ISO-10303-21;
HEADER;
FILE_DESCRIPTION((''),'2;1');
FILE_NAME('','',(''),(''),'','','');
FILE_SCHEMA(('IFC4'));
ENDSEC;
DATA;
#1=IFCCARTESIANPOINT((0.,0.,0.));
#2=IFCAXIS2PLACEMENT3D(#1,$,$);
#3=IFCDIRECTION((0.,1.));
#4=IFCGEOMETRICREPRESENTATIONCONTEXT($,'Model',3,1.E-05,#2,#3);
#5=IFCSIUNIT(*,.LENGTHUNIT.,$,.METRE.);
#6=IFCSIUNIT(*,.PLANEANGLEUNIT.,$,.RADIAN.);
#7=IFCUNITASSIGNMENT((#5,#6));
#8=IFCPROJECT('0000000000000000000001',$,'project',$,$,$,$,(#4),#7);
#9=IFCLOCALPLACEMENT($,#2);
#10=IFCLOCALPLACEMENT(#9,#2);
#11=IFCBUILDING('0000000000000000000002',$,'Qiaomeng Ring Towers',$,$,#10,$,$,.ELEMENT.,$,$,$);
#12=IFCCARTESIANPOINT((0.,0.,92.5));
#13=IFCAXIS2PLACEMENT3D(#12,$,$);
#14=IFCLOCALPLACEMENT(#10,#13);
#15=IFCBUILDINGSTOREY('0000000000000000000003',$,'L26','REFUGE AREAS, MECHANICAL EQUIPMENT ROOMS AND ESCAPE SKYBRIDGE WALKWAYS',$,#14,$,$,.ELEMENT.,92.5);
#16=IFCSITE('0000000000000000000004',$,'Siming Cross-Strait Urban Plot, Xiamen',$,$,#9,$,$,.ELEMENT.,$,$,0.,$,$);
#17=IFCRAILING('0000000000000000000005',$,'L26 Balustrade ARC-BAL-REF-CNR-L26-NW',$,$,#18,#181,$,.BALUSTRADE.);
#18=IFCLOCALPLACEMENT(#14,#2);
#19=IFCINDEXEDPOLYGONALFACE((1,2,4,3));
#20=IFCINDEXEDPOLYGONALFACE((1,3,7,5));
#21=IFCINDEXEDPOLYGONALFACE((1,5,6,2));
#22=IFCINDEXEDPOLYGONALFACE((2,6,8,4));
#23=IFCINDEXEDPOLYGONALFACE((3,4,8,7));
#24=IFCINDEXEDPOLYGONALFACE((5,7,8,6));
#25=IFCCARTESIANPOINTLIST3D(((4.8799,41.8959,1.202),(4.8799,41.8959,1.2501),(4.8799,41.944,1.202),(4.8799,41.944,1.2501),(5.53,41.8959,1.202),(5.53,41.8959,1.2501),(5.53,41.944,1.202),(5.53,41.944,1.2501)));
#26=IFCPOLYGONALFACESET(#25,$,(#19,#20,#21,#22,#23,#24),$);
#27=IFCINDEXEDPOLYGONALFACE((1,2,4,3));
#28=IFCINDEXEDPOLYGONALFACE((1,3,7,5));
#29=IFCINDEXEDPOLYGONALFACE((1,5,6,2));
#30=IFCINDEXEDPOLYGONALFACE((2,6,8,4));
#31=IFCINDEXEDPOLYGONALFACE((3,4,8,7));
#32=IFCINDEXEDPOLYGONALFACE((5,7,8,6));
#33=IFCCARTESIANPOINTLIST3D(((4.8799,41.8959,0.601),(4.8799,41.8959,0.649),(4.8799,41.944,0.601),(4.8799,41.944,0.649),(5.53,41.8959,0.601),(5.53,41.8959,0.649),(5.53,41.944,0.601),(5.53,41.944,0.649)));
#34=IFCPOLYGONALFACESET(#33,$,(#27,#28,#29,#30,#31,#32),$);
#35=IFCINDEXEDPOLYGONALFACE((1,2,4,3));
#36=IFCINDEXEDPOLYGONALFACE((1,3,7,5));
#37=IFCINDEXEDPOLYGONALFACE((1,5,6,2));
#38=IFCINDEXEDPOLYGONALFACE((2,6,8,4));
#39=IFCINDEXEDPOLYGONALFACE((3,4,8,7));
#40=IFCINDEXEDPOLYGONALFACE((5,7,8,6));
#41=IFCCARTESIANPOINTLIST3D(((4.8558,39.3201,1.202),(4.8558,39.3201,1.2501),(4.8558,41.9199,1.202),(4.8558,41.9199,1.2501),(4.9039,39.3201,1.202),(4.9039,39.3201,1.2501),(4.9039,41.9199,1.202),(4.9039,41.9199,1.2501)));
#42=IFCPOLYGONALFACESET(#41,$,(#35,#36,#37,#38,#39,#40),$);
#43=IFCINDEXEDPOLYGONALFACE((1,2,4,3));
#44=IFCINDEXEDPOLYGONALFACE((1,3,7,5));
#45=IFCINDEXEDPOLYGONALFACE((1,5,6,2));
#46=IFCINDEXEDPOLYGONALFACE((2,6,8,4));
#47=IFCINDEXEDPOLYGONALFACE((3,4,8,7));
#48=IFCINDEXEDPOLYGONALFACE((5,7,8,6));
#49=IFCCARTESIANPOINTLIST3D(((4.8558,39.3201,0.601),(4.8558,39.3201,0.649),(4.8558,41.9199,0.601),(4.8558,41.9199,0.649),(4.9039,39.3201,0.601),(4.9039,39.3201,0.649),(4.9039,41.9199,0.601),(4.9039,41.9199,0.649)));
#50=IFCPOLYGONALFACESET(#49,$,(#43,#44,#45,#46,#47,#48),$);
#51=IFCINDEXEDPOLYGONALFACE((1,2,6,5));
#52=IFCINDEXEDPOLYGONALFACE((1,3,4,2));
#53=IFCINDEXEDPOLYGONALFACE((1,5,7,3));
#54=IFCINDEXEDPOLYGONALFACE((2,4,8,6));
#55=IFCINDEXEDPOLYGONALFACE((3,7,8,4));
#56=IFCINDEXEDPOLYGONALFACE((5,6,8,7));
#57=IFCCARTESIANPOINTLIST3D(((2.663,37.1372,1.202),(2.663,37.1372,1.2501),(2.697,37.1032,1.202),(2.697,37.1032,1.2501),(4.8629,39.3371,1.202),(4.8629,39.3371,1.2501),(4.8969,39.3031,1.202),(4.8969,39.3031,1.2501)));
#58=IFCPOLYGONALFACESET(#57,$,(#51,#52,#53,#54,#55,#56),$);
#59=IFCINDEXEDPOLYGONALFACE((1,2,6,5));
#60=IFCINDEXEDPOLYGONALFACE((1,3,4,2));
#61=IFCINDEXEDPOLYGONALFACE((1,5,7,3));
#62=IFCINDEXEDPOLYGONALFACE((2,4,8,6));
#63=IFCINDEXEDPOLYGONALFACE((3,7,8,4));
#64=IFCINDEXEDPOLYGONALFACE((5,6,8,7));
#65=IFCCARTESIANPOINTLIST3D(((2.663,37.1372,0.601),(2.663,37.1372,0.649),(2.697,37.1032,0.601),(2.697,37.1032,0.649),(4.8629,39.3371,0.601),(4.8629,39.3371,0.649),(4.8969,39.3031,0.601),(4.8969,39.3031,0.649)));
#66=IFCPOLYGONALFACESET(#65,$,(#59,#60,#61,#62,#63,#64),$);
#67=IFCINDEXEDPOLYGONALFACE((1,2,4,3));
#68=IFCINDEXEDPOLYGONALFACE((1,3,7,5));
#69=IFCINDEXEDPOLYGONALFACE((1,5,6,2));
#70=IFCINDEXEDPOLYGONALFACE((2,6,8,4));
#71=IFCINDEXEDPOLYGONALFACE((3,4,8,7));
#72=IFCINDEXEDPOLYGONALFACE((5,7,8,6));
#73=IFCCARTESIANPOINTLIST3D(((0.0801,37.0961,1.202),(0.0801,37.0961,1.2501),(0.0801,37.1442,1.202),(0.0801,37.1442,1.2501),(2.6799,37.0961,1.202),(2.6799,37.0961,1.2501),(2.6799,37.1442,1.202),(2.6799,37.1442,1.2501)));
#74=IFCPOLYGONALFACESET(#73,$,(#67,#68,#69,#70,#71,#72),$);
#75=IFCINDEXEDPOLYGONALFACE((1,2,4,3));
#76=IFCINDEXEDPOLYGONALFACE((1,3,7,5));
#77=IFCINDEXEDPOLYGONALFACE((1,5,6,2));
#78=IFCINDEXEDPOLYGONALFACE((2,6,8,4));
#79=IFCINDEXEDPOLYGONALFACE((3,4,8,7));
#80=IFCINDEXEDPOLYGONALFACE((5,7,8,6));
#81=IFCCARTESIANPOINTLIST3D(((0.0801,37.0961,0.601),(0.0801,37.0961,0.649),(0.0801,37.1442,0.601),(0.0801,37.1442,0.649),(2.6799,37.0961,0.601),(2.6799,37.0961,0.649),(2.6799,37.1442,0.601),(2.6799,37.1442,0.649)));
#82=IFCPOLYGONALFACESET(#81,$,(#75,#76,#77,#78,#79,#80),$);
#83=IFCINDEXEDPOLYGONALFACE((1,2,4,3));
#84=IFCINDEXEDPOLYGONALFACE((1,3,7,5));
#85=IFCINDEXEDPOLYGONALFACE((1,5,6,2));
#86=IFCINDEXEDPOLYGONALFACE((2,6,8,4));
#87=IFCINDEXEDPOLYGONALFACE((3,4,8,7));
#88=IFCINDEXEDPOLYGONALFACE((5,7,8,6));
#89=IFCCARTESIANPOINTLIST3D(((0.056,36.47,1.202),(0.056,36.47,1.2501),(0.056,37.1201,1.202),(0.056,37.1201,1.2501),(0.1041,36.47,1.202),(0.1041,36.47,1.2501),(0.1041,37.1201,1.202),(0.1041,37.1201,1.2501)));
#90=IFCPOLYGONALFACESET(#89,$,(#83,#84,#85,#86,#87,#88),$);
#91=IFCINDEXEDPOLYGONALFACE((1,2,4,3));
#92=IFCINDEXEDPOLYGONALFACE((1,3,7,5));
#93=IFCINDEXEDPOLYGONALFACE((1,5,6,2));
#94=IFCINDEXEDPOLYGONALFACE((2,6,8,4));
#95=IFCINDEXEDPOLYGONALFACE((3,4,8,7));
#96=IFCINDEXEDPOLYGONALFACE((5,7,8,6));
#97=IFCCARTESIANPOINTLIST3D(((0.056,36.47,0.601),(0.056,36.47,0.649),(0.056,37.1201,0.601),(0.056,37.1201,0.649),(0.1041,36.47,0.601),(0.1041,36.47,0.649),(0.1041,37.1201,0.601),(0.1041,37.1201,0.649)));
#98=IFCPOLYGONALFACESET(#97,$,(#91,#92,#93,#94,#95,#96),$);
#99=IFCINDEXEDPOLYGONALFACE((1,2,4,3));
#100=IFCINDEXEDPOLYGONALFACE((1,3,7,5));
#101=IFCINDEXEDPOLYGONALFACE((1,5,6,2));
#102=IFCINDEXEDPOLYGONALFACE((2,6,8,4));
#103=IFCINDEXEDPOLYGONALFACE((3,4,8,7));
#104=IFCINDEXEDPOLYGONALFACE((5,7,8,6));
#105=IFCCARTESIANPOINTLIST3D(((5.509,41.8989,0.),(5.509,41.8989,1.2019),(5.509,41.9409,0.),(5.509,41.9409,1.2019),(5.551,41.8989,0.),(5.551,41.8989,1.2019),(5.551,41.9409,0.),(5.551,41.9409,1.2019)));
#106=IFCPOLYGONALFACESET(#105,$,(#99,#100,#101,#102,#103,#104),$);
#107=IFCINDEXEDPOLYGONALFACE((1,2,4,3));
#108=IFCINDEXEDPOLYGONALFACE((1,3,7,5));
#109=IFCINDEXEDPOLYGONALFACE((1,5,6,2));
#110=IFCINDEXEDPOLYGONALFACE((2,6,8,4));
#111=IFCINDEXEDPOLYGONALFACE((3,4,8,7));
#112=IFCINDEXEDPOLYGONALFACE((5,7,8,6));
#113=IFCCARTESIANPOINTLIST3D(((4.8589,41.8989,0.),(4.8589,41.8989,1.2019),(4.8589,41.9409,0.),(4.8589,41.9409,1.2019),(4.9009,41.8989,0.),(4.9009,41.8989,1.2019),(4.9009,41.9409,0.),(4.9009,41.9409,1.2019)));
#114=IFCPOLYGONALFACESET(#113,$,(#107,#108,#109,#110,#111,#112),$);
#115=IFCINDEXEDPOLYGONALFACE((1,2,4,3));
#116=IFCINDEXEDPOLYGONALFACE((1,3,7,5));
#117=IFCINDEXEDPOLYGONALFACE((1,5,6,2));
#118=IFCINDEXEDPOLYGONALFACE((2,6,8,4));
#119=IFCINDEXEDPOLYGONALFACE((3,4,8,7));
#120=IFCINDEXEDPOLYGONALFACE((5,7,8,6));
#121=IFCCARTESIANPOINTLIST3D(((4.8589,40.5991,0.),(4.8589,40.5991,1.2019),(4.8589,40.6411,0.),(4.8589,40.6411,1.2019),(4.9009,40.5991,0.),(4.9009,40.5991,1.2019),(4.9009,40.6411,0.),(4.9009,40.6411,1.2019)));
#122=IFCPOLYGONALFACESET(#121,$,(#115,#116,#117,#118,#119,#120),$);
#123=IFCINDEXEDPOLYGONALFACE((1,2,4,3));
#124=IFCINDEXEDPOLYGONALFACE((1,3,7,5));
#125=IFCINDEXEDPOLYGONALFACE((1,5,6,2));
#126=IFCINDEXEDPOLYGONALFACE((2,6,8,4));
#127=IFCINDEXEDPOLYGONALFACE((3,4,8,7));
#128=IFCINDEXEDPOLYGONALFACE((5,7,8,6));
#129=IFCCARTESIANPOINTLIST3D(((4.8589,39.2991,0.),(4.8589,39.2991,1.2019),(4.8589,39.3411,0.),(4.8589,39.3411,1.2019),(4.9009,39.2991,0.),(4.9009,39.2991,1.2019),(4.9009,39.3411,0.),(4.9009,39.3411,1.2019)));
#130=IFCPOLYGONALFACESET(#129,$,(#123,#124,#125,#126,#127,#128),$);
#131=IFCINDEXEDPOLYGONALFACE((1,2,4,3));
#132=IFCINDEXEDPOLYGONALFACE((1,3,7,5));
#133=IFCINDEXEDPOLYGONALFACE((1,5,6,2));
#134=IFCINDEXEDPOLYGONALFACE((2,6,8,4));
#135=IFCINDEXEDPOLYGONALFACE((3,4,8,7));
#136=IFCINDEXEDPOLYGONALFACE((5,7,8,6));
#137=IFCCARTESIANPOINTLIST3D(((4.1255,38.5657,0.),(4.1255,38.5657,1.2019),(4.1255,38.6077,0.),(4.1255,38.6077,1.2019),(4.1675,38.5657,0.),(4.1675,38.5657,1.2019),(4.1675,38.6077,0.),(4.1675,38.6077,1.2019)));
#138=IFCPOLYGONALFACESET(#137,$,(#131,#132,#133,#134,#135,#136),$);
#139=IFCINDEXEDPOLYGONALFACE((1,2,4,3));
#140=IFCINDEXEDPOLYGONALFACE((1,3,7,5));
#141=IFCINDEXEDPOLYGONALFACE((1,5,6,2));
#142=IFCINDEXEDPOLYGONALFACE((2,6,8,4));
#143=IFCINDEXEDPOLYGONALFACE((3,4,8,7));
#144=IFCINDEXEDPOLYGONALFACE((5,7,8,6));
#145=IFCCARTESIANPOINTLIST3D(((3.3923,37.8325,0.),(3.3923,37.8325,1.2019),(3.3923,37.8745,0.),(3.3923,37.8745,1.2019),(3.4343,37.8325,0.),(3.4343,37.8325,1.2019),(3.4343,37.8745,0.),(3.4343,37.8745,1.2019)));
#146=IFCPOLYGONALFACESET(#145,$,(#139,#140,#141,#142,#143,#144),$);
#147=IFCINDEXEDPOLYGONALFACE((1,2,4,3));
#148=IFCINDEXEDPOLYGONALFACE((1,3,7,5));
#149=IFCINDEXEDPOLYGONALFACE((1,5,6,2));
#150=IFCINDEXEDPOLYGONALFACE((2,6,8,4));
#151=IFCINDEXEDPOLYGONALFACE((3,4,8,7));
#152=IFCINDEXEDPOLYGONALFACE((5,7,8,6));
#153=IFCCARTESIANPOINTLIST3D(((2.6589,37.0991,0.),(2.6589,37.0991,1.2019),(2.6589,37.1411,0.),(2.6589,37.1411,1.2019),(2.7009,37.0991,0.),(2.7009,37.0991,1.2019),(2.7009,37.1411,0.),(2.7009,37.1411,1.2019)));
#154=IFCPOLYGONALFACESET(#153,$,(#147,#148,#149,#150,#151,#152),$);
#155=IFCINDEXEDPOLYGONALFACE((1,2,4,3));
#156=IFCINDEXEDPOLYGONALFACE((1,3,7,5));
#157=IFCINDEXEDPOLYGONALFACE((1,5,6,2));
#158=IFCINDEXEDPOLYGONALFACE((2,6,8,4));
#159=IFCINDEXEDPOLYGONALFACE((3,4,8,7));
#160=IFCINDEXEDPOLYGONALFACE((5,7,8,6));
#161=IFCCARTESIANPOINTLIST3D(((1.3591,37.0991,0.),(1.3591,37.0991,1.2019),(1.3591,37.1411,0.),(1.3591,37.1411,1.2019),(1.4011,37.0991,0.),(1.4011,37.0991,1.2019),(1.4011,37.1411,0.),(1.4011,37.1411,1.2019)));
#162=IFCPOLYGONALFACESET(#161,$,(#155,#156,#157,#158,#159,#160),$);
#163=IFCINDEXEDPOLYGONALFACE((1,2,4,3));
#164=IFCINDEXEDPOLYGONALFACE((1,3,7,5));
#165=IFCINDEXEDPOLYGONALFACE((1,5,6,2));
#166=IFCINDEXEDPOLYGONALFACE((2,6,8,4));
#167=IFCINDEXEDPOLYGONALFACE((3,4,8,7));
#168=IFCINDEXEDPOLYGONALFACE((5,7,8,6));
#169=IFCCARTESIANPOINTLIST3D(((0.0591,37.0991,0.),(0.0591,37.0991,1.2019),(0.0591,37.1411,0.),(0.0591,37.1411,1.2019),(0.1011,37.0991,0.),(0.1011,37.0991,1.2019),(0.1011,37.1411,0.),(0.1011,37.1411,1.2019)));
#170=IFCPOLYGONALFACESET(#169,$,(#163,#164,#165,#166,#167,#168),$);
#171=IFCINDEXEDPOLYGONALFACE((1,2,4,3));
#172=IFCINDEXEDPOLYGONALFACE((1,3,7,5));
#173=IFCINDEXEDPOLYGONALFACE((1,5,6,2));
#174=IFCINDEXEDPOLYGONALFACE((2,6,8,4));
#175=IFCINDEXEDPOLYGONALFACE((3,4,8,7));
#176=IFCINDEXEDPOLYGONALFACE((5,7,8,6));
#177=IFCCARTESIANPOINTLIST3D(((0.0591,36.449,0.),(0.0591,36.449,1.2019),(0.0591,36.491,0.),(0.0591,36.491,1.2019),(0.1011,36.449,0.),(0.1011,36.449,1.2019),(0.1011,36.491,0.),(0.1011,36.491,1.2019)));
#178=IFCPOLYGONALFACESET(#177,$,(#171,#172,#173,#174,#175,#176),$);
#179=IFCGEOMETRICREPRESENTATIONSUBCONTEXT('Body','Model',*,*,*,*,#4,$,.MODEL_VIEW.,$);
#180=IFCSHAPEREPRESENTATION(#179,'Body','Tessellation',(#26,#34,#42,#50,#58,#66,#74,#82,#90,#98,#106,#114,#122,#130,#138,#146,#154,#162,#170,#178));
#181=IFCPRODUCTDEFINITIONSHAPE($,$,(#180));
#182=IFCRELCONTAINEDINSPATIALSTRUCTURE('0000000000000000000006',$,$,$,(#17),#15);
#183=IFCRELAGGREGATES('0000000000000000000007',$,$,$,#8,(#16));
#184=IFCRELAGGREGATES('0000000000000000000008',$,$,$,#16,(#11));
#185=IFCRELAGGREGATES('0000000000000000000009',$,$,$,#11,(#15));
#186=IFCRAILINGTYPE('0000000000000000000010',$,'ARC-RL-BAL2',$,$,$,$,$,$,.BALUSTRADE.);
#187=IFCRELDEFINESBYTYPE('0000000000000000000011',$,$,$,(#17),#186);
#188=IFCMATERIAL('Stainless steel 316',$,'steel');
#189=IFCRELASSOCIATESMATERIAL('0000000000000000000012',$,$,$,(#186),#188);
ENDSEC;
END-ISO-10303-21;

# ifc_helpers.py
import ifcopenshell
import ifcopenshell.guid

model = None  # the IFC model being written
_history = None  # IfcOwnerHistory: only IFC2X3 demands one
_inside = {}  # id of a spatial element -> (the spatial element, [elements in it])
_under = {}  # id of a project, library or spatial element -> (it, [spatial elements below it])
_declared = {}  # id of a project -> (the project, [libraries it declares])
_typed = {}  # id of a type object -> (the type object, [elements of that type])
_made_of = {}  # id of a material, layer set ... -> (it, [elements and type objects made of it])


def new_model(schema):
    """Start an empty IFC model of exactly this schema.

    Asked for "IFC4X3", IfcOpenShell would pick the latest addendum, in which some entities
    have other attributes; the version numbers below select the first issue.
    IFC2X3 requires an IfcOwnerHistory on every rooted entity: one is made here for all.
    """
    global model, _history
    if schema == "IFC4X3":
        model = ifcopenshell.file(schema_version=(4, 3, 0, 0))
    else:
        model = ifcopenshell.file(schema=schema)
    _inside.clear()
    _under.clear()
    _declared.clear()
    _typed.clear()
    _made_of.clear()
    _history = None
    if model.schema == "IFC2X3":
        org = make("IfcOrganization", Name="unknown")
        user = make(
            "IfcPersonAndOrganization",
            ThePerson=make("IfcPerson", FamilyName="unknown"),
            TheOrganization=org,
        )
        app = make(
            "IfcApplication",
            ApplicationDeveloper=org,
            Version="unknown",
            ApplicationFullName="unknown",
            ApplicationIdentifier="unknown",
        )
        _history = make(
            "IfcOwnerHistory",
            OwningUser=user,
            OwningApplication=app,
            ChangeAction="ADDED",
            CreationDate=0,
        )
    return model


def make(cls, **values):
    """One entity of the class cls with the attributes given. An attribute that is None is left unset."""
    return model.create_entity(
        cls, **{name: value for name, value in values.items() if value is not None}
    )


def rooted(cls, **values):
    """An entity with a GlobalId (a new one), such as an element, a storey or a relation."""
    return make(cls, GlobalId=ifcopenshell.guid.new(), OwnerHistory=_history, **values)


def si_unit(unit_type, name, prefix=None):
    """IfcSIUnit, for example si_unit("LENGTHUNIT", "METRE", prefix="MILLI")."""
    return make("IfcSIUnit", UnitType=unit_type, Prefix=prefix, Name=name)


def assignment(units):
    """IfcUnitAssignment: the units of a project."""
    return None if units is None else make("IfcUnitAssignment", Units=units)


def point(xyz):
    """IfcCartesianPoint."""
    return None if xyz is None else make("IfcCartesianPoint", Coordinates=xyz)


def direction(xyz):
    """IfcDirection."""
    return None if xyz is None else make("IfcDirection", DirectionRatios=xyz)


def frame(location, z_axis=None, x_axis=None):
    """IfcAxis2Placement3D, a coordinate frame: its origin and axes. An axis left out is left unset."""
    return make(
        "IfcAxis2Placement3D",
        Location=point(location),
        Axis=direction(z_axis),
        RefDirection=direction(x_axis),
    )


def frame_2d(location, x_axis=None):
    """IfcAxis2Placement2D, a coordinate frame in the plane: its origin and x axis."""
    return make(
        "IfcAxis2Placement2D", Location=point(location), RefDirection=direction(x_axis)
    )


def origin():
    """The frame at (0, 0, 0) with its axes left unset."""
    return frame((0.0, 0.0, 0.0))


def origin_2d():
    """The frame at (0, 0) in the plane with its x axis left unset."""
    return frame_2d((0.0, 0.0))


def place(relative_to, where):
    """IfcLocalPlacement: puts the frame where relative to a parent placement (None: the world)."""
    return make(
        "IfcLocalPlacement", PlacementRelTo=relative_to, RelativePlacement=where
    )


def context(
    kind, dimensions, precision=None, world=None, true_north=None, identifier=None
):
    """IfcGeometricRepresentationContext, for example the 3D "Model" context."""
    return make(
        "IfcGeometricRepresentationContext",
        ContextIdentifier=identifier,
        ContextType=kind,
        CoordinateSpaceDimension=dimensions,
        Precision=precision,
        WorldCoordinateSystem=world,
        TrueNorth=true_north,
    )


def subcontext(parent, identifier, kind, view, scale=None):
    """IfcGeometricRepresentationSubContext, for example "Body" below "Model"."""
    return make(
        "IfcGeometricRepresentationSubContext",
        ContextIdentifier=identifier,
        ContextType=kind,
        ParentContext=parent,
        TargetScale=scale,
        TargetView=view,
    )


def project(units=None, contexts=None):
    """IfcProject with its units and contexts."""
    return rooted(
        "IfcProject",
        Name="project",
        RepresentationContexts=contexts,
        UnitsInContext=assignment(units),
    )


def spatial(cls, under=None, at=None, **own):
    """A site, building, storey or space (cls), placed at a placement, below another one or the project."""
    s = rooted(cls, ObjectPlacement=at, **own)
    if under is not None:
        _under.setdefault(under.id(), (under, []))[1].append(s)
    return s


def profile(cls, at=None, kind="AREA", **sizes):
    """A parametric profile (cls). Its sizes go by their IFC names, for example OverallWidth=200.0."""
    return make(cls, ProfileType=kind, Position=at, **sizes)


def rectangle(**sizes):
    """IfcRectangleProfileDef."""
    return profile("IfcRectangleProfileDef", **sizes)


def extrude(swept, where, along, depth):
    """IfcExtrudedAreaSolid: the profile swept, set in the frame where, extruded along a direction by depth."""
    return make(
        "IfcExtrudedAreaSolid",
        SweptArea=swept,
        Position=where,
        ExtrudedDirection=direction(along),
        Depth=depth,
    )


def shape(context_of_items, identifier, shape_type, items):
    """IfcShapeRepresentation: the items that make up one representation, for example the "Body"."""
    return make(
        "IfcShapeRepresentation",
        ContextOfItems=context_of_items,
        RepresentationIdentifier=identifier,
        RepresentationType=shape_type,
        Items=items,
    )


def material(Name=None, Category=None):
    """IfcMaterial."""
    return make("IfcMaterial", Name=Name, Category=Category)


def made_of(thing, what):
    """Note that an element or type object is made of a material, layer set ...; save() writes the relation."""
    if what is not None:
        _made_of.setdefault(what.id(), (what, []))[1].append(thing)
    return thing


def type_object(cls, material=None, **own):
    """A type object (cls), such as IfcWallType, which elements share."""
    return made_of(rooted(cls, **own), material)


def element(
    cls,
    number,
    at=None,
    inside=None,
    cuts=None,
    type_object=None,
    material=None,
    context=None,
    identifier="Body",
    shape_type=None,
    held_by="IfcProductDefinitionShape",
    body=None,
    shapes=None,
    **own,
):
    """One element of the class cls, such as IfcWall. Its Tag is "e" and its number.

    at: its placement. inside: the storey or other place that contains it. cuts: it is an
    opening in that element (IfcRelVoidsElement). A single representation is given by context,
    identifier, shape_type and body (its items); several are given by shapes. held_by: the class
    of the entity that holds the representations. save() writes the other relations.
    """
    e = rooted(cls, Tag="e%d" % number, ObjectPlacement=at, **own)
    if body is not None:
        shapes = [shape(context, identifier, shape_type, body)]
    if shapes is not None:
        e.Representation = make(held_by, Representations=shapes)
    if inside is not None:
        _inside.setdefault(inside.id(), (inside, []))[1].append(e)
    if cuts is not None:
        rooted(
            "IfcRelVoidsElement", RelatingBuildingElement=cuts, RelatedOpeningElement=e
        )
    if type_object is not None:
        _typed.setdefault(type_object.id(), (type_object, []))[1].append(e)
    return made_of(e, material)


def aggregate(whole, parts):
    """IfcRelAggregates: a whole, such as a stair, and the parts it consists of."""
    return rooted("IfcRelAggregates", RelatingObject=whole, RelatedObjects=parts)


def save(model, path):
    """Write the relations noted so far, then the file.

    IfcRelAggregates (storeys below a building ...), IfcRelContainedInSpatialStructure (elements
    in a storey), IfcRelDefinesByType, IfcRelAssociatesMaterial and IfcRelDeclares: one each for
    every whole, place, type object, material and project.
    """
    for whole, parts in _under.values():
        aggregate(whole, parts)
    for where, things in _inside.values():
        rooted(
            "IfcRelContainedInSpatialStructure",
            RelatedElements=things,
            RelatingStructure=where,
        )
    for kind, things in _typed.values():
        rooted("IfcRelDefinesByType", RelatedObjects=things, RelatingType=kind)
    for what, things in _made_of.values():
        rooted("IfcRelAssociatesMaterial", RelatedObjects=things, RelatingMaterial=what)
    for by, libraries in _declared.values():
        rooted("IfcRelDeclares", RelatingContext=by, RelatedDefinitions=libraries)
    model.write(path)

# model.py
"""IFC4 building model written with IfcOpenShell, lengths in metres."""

from ifc_helpers import new_model, si_unit, direction, frame, origin, origin_2d, place, context, subcontext, project, spatial, rectangle, extrude, material, type_object, element, save


model = new_model("IFC4")

# Units and contexts
model_context = context("Model", 3, precision=1e-05, world=origin(), true_north=direction((0.0, 1.0)))
body_context = subcontext(model_context, "Body", "Model", "MODEL_VIEW")
ifc_project = project(units=[si_unit("LENGTHUNIT", "METRE"), si_unit("PLANEANGLEUNIT", "RADIAN")], contexts=[model_context])

# Site, building, storey
site_placement = place(None, origin())
site = spatial("IfcSite", under=ifc_project, at=site_placement, Name="Siming Cross-Strait Urban Plot, Xiamen", CompositionType="ELEMENT", RefElevation=0.0)
building_placement = place(site_placement, origin())
building = spatial("IfcBuilding", under=site, at=building_placement, Name="Qiaomeng Ring Towers", CompositionType="ELEMENT")
storey_placement = place(building_placement, frame((0.0, 0.0, 92.5)))
storey = spatial("IfcBuildingStorey", under=building, at=storey_placement, Name="L26", Description="REFUGE AREAS, MECHANICAL EQUIPMENT ROOMS AND ESCAPE SKYBRIDGE WALKWAYS", CompositionType="ELEMENT", Elevation=92.5)

# Railing
ifc_material_1 = material(Name="Stainless steel 316", Category="steel")
railing_type = type_object("IfcRailingType", Name="ARC-RL-BAL2", PredefinedType="BALUSTRADE", material=ifc_material_1)
railing_1_placement = place(storey_placement, frame((5.53, 41.9199, 0.0)))
element("IfcRailing", 1, at=railing_1_placement, inside=storey, type_object=railing_type, Name="L26 Balustrade ARC-BAL-REF-CNR-L26-NW", PredefinedType="BALUSTRADE", context=body_context, shape_type="SweptSolid", body=[
    extrude(rectangle(XDim=0.0481, YDim=0.0481, at=origin_2d()), frame((0.0, 0.0, 1.2261), z_axis=(-1.0, 0.0, 0.0), x_axis=(0.0, -1.0, 0.0)), (0.0, 0.0, 1.0), 0.6501),
    extrude(rectangle(XDim=0.0481, YDim=0.0481, at=origin_2d()), frame((0.0, 0.0, 0.625), z_axis=(-1.0, 0.0, 0.0), x_axis=(0.0, -1.0, 0.0)), (0.0, 0.0, 1.0), 0.6501),
    extrude(rectangle(XDim=0.0481, YDim=0.0481, at=origin_2d()), frame((-0.6501, 0.0, 1.2261), z_axis=(0.0, -1.0, 0.0), x_axis=(1.0, 0.0, 0.0)), (0.0, 0.0, 1.0), 2.5999),
    extrude(rectangle(XDim=0.0481, YDim=0.0481, at=origin_2d()), frame((-0.6501, 0.0, 0.625), z_axis=(0.0, -1.0, 0.0), x_axis=(1.0, 0.0, 0.0)), (0.0, 0.0, 1.0), 2.5999),
    extrude(rectangle(XDim=0.0481, YDim=0.0481, at=origin_2d()), frame((-0.6501, -2.5999, 1.2261), z_axis=(-0.707107, -0.707107, 0.0), x_axis=(0.707107, -0.707107, 0.0)), (0.0, 0.0, 1.0), 3.1111),
    extrude(rectangle(XDim=0.0481, YDim=0.0481, at=origin_2d()), frame((-0.6501, -2.5999, 0.625), z_axis=(-0.707107, -0.707107, 0.0), x_axis=(0.707107, -0.707107, 0.0)), (0.0, 0.0, 1.0), 3.1111),
    extrude(rectangle(XDim=0.0481, YDim=0.0481, at=origin_2d()), frame((-2.8501, -4.7998, 1.2261), z_axis=(-1.0, 0.0, 0.0), x_axis=(0.0, -1.0, 0.0)), (0.0, 0.0, 1.0), 2.5999),
    extrude(rectangle(XDim=0.0481, YDim=0.0481, at=origin_2d()), frame((-2.8501, -4.7998, 0.625), z_axis=(-1.0, 0.0, 0.0), x_axis=(0.0, -1.0, 0.0)), (0.0, 0.0, 1.0), 2.5999),
    extrude(rectangle(XDim=0.0481, YDim=0.0481, at=origin_2d()), frame((-5.45, -4.7998, 1.2261), z_axis=(0.0, -1.0, 0.0), x_axis=(1.0, 0.0, 0.0)), (0.0, 0.0, 1.0), 0.6501),
    extrude(rectangle(XDim=0.0481, YDim=0.0481, at=origin_2d()), frame((-5.45, -4.7998, 0.625), z_axis=(0.0, -1.0, 0.0), x_axis=(1.0, 0.0, 0.0)), (0.0, 0.0, 1.0), 0.6501),
    extrude(rectangle(XDim=0.042, YDim=0.042, at=origin_2d()), origin(), (0.0, 0.0, 1.0), 1.2019),
    extrude(rectangle(XDim=0.042, YDim=0.042, at=origin_2d()), frame((-0.6501, 0.0, 0.0)), (0.0, 0.0, 1.0), 1.2019),
    extrude(rectangle(XDim=0.042, YDim=0.042, at=origin_2d()), frame((-0.6501, -1.2998, 0.0)), (0.0, 0.0, 1.0), 1.2019),
    extrude(rectangle(XDim=0.042, YDim=0.042, at=origin_2d()), frame((-0.6501, -2.5999, 0.0)), (0.0, 0.0, 1.0), 1.2019),
    extrude(rectangle(XDim=0.042, YDim=0.042, at=origin_2d()), frame((-1.3835, -3.3333, 0.0)), (0.0, 0.0, 1.0), 1.2019),
    extrude(rectangle(XDim=0.042, YDim=0.042, at=origin_2d()), frame((-2.1167, -4.0664, 0.0)), (0.0, 0.0, 1.0), 1.2019),
    extrude(rectangle(XDim=0.042, YDim=0.042, at=origin_2d()), frame((-2.8501, -4.7998, 0.0)), (0.0, 0.0, 1.0), 1.2019),
    extrude(rectangle(XDim=0.042, YDim=0.042, at=origin_2d()), frame((-4.1499, -4.7998, 0.0)), (0.0, 0.0, 1.0), 1.2019),
    extrude(rectangle(XDim=0.042, YDim=0.042, at=origin_2d()), frame((-5.45, -4.7998, 0.0)), (0.0, 0.0, 1.0), 1.2019),
    extrude(rectangle(XDim=0.042, YDim=0.042, at=origin_2d()), frame((-5.45, -5.45, 0.0)), (0.0, 0.0, 1.0), 1.2019),
])

save(model, "model.ifc")
